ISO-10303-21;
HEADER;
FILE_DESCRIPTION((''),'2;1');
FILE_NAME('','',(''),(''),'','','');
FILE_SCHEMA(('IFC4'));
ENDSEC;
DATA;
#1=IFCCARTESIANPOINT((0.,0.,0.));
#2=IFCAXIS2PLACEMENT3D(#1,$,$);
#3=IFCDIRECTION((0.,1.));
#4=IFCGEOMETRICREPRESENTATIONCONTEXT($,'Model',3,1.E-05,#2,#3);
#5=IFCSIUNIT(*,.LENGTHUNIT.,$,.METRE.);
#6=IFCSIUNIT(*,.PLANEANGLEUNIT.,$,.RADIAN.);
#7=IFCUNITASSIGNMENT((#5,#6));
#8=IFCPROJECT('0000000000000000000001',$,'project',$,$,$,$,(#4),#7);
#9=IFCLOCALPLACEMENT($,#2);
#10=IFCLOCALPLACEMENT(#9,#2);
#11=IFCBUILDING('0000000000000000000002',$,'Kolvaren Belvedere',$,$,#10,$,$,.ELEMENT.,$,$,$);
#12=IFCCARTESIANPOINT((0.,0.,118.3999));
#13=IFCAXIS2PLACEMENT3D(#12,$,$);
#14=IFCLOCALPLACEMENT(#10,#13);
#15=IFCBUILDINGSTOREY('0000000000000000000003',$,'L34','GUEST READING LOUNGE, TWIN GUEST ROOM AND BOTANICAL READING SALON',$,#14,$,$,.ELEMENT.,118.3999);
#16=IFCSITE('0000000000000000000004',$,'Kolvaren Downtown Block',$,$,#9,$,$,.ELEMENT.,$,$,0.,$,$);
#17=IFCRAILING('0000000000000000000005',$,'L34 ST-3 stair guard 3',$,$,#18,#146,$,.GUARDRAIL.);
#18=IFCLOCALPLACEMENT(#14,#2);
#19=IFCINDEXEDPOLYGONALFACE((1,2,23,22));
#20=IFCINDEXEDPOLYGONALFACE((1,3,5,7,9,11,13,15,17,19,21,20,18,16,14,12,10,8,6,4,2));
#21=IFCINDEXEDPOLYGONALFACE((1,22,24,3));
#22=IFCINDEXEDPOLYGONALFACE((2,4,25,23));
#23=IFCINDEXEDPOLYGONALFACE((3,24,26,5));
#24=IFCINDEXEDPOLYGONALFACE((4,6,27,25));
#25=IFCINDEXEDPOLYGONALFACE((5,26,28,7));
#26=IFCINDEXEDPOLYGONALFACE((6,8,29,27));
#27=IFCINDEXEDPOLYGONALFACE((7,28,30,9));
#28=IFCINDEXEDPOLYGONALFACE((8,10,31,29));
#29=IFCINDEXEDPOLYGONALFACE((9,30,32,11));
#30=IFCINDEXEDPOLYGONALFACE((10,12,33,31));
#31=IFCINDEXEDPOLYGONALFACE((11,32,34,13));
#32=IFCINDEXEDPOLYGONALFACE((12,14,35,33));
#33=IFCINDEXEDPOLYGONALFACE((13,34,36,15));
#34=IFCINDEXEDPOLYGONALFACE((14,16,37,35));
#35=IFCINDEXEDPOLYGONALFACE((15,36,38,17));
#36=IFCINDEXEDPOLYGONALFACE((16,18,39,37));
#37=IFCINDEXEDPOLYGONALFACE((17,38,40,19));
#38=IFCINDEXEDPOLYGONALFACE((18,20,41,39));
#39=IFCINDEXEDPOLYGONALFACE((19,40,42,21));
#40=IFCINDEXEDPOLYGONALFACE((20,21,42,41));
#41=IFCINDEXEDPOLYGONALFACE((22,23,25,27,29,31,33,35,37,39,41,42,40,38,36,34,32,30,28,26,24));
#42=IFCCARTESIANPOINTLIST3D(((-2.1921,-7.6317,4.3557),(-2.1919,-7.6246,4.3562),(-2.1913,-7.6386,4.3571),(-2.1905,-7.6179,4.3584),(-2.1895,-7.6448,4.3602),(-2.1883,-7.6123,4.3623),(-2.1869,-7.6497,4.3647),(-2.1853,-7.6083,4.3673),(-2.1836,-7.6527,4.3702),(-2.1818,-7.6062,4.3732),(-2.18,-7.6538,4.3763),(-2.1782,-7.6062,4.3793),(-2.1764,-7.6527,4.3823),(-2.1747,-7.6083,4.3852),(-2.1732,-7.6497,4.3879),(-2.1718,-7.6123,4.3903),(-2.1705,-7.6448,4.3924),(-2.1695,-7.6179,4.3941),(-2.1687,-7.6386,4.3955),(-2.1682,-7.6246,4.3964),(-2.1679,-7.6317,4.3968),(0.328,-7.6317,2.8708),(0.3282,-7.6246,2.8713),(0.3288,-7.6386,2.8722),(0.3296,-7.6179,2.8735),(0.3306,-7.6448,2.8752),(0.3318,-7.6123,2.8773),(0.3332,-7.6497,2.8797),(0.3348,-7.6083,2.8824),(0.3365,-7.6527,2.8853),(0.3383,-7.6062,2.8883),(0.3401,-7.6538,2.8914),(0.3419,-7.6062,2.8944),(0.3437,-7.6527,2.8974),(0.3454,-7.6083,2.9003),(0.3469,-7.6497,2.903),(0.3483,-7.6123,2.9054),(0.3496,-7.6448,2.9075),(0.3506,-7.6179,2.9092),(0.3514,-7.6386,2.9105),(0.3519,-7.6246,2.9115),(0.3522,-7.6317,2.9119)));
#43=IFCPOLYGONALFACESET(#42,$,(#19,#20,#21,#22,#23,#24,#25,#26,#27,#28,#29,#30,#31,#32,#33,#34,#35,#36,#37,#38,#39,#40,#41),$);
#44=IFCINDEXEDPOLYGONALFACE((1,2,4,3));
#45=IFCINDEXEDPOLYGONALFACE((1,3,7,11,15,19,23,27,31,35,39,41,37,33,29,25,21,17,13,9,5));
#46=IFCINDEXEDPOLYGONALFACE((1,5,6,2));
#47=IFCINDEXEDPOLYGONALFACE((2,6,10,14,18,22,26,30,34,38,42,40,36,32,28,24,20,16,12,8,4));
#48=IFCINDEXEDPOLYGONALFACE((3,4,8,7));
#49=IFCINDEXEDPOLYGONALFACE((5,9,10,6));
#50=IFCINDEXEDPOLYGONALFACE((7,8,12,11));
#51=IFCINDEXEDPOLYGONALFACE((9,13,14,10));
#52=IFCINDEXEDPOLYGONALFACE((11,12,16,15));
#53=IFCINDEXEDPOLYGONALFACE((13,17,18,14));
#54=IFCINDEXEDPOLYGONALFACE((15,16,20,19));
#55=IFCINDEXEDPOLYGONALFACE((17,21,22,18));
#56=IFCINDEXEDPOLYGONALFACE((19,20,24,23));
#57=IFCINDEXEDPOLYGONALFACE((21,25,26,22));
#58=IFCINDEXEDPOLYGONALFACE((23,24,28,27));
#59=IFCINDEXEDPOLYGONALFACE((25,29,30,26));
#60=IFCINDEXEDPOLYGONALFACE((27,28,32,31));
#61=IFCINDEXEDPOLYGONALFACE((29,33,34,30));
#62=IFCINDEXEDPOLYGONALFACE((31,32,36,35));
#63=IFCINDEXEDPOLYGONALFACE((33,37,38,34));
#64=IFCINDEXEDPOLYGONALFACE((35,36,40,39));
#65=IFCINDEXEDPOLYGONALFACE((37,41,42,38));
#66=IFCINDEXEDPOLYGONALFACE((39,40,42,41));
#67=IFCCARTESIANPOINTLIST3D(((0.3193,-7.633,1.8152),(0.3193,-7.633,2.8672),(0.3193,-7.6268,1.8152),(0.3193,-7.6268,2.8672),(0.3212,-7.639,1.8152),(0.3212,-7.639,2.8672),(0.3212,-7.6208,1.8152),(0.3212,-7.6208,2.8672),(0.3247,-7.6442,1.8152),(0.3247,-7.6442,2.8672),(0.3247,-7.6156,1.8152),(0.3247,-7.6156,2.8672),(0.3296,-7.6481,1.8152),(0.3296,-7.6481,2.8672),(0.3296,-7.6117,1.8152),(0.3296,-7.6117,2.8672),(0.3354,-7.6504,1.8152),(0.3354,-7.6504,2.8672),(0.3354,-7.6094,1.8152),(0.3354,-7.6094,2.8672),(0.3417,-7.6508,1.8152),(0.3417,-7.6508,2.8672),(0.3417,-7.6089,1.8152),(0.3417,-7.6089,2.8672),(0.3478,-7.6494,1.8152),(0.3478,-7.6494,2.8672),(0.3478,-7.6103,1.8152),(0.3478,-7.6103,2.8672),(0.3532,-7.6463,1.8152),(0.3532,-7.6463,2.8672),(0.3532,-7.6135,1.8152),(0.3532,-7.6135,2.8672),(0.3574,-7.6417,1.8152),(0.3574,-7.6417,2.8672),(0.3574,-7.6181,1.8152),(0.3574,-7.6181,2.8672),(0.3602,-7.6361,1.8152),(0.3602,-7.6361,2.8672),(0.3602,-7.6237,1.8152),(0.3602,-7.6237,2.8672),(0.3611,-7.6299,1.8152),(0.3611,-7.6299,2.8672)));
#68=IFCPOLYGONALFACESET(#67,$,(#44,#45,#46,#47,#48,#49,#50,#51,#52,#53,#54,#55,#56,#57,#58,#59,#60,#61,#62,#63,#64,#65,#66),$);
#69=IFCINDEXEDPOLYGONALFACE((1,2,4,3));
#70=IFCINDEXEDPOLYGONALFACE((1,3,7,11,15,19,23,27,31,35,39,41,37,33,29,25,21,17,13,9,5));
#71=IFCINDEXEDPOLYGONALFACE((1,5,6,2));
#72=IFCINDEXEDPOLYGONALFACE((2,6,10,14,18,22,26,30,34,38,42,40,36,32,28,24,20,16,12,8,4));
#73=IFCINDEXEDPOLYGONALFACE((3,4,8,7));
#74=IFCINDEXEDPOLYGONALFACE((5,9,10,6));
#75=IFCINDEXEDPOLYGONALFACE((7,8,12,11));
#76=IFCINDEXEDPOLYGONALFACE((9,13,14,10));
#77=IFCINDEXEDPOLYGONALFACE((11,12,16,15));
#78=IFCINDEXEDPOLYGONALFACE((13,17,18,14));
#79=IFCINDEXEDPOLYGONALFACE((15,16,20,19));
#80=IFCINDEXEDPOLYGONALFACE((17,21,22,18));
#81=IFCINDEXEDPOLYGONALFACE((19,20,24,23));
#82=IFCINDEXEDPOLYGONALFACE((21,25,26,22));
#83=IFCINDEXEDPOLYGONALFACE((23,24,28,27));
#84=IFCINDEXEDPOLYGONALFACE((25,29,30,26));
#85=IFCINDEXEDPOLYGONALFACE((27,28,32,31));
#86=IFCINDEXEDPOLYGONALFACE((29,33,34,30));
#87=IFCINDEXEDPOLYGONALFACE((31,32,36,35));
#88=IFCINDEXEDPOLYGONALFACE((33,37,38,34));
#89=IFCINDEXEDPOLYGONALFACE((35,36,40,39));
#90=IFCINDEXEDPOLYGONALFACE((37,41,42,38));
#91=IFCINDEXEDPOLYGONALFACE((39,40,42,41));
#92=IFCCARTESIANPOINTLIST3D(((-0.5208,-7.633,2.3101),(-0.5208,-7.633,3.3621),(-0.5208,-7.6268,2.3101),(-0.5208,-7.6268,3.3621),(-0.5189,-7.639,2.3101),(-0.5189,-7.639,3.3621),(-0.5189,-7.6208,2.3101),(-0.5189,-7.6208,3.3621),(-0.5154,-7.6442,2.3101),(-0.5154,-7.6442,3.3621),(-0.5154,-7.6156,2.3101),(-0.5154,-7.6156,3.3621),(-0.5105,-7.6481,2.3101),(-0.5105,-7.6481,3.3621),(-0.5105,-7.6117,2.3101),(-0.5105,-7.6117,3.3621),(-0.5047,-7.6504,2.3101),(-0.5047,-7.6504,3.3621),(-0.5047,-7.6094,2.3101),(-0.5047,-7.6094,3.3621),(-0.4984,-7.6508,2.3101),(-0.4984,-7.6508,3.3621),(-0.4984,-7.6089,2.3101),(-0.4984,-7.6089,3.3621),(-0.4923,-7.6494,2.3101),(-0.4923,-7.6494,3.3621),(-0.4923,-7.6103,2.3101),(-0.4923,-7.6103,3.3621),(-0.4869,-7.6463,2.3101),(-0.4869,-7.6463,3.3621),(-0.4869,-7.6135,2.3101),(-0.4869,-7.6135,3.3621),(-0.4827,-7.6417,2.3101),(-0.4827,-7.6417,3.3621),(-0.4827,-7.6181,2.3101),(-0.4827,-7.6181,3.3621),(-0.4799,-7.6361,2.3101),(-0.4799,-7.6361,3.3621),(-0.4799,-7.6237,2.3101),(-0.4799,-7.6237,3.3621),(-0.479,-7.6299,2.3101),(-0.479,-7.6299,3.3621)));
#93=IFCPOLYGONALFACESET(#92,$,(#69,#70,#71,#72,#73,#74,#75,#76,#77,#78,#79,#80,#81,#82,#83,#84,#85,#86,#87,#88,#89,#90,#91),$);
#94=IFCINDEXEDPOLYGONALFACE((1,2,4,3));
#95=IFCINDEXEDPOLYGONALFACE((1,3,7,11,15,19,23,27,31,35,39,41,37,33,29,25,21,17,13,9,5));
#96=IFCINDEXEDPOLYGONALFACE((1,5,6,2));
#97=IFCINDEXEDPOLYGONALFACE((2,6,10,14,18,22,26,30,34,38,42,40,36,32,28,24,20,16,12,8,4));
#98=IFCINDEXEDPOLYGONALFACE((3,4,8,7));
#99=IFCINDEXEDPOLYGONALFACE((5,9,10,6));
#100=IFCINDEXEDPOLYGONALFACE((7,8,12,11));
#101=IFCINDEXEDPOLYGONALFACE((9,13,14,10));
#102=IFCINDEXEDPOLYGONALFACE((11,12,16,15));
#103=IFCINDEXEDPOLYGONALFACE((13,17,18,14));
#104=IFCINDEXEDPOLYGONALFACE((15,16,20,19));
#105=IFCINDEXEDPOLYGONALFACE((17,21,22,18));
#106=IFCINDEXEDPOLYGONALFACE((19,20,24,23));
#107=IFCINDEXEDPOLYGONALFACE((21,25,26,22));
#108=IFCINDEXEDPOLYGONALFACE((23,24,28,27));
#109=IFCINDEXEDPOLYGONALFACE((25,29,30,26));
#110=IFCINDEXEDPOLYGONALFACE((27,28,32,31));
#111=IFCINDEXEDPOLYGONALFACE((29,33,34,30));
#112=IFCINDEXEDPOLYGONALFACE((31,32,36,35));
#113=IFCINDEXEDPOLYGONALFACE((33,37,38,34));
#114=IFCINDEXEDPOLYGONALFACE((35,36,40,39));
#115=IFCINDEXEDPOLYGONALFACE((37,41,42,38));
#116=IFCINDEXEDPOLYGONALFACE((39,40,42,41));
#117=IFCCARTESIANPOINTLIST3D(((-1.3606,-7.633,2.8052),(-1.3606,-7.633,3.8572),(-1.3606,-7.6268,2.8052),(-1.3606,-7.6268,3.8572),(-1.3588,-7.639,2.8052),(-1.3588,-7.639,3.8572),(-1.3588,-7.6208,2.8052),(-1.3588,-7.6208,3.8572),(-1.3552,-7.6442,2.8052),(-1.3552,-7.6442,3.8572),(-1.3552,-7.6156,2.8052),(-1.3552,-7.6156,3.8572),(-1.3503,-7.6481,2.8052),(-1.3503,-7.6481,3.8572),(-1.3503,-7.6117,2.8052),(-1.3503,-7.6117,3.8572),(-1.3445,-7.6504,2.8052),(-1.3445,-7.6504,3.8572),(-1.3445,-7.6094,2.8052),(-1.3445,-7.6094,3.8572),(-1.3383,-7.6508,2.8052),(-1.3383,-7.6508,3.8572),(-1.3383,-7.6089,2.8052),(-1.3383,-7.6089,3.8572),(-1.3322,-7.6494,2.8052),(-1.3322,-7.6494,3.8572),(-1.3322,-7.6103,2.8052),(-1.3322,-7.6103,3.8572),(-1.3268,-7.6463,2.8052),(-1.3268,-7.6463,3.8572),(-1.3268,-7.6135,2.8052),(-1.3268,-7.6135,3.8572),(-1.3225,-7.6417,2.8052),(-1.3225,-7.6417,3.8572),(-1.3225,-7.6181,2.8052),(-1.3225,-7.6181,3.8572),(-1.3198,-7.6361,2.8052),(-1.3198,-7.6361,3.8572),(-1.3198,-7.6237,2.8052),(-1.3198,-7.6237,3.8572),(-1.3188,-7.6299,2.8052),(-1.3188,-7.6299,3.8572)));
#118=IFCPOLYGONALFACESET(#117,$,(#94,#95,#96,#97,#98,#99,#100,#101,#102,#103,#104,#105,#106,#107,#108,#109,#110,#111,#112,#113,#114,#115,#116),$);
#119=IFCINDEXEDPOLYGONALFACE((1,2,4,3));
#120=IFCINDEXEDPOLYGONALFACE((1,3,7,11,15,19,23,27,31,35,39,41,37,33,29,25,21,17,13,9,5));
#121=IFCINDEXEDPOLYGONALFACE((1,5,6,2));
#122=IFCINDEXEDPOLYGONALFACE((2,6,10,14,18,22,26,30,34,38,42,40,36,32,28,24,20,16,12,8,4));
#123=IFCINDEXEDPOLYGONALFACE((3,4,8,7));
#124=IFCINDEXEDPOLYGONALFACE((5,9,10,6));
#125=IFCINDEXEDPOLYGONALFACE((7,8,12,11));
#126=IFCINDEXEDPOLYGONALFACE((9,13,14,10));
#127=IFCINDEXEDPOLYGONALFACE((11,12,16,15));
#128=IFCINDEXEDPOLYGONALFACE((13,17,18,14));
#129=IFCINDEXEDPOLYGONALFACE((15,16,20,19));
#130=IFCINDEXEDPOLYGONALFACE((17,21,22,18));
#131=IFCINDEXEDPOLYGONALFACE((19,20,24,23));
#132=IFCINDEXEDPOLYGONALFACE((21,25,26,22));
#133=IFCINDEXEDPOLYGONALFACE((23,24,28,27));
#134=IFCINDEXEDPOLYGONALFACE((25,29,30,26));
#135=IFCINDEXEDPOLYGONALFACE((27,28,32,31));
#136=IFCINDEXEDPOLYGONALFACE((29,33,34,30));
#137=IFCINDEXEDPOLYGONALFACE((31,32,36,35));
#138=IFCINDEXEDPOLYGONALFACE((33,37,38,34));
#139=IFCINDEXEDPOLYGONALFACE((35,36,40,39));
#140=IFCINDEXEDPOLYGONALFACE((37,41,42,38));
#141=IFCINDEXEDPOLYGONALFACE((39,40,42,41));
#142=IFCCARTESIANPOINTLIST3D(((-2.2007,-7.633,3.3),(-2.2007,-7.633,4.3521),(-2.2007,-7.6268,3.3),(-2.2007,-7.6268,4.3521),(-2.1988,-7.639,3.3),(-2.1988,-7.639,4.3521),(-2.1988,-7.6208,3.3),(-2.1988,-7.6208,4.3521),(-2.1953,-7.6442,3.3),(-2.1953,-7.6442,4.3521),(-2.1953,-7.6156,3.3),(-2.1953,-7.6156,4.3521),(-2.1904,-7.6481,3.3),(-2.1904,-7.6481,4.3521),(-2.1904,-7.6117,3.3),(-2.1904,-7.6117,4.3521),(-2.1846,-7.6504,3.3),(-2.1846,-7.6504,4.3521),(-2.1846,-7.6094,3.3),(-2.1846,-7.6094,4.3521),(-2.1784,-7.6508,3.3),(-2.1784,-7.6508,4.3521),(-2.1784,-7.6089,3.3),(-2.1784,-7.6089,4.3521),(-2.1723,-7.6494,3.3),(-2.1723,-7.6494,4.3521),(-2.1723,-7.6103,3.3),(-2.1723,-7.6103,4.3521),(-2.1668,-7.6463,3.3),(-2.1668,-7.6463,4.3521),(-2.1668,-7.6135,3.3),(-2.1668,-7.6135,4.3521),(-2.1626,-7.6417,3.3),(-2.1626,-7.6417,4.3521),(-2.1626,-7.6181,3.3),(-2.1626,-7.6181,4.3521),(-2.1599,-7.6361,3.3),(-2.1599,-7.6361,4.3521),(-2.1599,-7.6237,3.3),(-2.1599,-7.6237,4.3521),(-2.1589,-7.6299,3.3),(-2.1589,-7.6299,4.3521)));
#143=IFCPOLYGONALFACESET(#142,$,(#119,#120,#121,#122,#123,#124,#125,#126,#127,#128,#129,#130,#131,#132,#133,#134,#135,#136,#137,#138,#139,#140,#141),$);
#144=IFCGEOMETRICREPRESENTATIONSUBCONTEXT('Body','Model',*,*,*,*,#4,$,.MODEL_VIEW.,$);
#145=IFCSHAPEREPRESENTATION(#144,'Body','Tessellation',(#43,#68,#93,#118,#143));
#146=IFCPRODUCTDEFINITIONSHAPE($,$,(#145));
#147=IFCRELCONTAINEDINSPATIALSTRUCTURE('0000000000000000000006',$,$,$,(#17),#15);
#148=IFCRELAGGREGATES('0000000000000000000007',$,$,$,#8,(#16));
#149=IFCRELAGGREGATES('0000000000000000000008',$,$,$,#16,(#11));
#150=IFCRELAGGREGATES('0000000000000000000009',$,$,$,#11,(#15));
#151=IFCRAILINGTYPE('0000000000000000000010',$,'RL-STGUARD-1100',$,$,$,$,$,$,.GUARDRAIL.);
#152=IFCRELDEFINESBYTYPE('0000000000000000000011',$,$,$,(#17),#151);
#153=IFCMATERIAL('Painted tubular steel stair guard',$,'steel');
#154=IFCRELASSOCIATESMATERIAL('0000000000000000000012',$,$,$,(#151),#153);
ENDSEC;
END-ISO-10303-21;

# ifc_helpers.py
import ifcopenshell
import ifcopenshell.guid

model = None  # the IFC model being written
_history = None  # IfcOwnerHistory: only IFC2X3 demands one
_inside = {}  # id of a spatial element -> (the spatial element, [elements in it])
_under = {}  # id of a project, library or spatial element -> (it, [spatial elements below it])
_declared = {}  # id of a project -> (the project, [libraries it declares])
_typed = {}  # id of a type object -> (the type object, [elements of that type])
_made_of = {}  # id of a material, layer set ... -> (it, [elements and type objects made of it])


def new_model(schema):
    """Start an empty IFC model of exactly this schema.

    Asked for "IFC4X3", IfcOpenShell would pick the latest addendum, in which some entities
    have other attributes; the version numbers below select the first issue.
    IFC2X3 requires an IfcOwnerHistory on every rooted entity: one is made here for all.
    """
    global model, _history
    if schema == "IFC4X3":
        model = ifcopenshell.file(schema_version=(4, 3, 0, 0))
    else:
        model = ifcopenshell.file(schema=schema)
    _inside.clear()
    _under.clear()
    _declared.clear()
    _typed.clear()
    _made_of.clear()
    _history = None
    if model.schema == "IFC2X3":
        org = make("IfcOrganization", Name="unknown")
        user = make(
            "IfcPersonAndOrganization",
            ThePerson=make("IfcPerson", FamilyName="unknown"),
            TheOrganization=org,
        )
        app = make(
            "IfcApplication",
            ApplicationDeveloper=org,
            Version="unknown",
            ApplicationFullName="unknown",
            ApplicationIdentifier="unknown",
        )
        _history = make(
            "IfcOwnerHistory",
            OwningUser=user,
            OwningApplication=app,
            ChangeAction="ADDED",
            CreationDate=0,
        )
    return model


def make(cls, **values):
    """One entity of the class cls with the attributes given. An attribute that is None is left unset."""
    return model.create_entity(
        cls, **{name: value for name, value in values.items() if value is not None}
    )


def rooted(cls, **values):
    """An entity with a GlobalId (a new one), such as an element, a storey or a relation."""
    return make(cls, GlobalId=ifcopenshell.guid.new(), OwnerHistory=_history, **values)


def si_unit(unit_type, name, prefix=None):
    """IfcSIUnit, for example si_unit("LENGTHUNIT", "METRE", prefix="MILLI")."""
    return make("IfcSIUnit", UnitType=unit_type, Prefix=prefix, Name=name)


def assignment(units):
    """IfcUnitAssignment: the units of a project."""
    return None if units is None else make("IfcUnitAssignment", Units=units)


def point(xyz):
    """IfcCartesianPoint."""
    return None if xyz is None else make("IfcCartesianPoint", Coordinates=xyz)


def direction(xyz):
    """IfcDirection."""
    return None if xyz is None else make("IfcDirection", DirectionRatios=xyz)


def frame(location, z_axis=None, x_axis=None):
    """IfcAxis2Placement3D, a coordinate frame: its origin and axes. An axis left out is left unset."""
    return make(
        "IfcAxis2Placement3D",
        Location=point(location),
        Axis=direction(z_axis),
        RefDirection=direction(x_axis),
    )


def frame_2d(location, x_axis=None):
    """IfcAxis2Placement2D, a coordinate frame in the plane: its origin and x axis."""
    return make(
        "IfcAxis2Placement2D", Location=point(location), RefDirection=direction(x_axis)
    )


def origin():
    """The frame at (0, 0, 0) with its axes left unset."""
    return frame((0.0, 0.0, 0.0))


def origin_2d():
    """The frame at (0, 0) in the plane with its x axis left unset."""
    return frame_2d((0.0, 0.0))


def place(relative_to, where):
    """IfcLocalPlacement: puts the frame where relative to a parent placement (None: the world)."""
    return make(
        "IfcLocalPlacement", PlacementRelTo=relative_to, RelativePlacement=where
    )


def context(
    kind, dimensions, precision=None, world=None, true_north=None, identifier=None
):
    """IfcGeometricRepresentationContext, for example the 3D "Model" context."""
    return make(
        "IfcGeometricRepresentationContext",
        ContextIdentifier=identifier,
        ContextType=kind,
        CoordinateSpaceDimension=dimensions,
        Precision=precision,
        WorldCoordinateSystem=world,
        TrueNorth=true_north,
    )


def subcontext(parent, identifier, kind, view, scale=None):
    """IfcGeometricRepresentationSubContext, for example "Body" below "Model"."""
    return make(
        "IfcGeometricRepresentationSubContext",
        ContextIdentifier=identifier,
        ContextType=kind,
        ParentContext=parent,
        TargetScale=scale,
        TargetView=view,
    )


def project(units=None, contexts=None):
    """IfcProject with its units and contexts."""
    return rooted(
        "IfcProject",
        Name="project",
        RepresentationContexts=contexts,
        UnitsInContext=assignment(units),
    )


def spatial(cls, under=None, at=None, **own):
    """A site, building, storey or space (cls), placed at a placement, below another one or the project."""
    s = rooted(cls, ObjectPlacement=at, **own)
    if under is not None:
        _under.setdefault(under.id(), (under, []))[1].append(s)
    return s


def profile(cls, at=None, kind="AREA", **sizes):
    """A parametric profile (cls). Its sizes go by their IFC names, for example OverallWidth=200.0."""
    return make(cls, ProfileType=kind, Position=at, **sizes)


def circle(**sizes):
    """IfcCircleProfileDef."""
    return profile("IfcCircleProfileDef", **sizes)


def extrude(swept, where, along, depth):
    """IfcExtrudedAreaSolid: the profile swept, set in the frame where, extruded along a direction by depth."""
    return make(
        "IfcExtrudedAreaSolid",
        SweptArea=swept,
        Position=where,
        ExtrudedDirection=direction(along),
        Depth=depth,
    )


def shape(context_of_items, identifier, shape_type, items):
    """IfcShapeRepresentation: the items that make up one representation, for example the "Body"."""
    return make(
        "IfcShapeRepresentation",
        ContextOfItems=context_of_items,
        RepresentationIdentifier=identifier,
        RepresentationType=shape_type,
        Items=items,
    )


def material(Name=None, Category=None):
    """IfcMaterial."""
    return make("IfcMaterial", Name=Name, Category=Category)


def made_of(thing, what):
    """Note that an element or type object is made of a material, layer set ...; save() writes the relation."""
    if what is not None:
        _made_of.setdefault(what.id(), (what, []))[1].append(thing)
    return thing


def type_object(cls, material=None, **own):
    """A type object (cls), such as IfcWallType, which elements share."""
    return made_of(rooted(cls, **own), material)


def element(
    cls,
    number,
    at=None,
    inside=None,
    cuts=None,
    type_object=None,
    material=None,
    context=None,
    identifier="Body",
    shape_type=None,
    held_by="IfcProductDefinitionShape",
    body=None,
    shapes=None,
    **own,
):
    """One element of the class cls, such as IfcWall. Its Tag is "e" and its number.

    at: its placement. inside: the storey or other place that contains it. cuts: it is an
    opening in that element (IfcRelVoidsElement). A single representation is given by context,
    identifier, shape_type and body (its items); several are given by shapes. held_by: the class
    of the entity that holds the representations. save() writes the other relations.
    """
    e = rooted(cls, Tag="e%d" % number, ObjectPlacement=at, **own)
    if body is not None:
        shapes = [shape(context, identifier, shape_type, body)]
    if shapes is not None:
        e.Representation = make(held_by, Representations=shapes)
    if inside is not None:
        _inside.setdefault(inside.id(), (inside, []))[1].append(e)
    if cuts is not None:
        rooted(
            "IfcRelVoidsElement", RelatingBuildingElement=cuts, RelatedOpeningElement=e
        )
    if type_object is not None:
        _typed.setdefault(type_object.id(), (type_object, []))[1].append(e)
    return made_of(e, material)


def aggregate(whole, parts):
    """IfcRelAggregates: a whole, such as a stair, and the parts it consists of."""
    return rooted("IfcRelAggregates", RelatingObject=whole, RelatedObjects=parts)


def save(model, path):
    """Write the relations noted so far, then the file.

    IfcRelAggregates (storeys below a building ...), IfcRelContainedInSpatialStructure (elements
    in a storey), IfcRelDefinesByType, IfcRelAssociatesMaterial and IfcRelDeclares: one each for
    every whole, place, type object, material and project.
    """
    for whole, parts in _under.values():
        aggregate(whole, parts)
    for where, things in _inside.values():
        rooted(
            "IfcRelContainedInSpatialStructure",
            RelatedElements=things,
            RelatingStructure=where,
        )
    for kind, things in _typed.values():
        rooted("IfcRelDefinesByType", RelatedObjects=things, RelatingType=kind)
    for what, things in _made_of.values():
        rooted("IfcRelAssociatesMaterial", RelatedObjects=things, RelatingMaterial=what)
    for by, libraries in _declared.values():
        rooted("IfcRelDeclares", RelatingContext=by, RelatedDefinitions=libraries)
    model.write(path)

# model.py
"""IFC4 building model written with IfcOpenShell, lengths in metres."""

from ifc_helpers import new_model, si_unit, direction, frame, origin, origin_2d, place, context, subcontext, project, spatial, circle, extrude, material, type_object, element, save


model = new_model("IFC4")

# Units and contexts
model_context = context("Model", 3, precision=1e-05, world=origin(), true_north=direction((0.0, 1.0)))
body_context = subcontext(model_context, "Body", "Model", "MODEL_VIEW")
ifc_project = project(units=[si_unit("LENGTHUNIT", "METRE"), si_unit("PLANEANGLEUNIT", "RADIAN")], contexts=[model_context])

# Site, building, storey
site_placement = place(None, origin())
site = spatial("IfcSite", under=ifc_project, at=site_placement, Name="Kolvaren Downtown Block", CompositionType="ELEMENT", RefElevation=0.0)
building_placement = place(site_placement, origin())
building = spatial("IfcBuilding", under=site, at=building_placement, Name="Kolvaren Belvedere", CompositionType="ELEMENT")
storey_placement = place(building_placement, frame((0.0, 0.0, 118.3999)))
storey = spatial("IfcBuildingStorey", under=building, at=storey_placement, Name="L34", Description="GUEST READING LOUNGE, TWIN GUEST ROOM AND BOTANICAL READING SALON", CompositionType="ELEMENT", Elevation=118.3999)

# Railing
ifc_material_1 = material(Name="Painted tubular steel stair guard", Category="steel")
railing_type_1 = type_object("IfcRailingType", Name="RL-STGUARD-1100", PredefinedType="GUARDRAIL", material=ifc_material_1)
railing_1_placement = place(storey_placement, frame((0.3401, -7.6299, 1.8152)))
element("IfcRailing", 1, at=railing_1_placement, inside=storey, type_object=railing_type_1, Name="L34 ST-3 stair guard 3", PredefinedType="GUARDRAIL", context=body_context, shape_type="SweptSolid", body=[
    extrude(circle(Radius=0.0239, at=origin_2d()), frame((0.0, 0.0, 1.0762), z_axis=(-0.861561, 0.0, 0.507655), x_axis=(0.0, -1.0, 0.0)), (0.0, 0.0, 1.0), 2.925),
    extrude(circle(Radius=0.021, at=origin_2d()), origin(), (0.0, 0.0, 1.0), 1.052),
    extrude(circle(Radius=0.021, at=origin_2d()), frame((-0.8401, 0.0, 0.4949)), (0.0, 0.0, 1.0), 1.052),
    extrude(circle(Radius=0.021, at=origin_2d()), frame((-1.6799, 0.0, 0.99)), (0.0, 0.0, 1.0), 1.052),
    extrude(circle(Radius=0.021, at=origin_2d()), frame((-2.52, 0.0, 1.4849)), (0.0, 0.0, 1.0), 1.052),
])

save(model, "model.ifc")
